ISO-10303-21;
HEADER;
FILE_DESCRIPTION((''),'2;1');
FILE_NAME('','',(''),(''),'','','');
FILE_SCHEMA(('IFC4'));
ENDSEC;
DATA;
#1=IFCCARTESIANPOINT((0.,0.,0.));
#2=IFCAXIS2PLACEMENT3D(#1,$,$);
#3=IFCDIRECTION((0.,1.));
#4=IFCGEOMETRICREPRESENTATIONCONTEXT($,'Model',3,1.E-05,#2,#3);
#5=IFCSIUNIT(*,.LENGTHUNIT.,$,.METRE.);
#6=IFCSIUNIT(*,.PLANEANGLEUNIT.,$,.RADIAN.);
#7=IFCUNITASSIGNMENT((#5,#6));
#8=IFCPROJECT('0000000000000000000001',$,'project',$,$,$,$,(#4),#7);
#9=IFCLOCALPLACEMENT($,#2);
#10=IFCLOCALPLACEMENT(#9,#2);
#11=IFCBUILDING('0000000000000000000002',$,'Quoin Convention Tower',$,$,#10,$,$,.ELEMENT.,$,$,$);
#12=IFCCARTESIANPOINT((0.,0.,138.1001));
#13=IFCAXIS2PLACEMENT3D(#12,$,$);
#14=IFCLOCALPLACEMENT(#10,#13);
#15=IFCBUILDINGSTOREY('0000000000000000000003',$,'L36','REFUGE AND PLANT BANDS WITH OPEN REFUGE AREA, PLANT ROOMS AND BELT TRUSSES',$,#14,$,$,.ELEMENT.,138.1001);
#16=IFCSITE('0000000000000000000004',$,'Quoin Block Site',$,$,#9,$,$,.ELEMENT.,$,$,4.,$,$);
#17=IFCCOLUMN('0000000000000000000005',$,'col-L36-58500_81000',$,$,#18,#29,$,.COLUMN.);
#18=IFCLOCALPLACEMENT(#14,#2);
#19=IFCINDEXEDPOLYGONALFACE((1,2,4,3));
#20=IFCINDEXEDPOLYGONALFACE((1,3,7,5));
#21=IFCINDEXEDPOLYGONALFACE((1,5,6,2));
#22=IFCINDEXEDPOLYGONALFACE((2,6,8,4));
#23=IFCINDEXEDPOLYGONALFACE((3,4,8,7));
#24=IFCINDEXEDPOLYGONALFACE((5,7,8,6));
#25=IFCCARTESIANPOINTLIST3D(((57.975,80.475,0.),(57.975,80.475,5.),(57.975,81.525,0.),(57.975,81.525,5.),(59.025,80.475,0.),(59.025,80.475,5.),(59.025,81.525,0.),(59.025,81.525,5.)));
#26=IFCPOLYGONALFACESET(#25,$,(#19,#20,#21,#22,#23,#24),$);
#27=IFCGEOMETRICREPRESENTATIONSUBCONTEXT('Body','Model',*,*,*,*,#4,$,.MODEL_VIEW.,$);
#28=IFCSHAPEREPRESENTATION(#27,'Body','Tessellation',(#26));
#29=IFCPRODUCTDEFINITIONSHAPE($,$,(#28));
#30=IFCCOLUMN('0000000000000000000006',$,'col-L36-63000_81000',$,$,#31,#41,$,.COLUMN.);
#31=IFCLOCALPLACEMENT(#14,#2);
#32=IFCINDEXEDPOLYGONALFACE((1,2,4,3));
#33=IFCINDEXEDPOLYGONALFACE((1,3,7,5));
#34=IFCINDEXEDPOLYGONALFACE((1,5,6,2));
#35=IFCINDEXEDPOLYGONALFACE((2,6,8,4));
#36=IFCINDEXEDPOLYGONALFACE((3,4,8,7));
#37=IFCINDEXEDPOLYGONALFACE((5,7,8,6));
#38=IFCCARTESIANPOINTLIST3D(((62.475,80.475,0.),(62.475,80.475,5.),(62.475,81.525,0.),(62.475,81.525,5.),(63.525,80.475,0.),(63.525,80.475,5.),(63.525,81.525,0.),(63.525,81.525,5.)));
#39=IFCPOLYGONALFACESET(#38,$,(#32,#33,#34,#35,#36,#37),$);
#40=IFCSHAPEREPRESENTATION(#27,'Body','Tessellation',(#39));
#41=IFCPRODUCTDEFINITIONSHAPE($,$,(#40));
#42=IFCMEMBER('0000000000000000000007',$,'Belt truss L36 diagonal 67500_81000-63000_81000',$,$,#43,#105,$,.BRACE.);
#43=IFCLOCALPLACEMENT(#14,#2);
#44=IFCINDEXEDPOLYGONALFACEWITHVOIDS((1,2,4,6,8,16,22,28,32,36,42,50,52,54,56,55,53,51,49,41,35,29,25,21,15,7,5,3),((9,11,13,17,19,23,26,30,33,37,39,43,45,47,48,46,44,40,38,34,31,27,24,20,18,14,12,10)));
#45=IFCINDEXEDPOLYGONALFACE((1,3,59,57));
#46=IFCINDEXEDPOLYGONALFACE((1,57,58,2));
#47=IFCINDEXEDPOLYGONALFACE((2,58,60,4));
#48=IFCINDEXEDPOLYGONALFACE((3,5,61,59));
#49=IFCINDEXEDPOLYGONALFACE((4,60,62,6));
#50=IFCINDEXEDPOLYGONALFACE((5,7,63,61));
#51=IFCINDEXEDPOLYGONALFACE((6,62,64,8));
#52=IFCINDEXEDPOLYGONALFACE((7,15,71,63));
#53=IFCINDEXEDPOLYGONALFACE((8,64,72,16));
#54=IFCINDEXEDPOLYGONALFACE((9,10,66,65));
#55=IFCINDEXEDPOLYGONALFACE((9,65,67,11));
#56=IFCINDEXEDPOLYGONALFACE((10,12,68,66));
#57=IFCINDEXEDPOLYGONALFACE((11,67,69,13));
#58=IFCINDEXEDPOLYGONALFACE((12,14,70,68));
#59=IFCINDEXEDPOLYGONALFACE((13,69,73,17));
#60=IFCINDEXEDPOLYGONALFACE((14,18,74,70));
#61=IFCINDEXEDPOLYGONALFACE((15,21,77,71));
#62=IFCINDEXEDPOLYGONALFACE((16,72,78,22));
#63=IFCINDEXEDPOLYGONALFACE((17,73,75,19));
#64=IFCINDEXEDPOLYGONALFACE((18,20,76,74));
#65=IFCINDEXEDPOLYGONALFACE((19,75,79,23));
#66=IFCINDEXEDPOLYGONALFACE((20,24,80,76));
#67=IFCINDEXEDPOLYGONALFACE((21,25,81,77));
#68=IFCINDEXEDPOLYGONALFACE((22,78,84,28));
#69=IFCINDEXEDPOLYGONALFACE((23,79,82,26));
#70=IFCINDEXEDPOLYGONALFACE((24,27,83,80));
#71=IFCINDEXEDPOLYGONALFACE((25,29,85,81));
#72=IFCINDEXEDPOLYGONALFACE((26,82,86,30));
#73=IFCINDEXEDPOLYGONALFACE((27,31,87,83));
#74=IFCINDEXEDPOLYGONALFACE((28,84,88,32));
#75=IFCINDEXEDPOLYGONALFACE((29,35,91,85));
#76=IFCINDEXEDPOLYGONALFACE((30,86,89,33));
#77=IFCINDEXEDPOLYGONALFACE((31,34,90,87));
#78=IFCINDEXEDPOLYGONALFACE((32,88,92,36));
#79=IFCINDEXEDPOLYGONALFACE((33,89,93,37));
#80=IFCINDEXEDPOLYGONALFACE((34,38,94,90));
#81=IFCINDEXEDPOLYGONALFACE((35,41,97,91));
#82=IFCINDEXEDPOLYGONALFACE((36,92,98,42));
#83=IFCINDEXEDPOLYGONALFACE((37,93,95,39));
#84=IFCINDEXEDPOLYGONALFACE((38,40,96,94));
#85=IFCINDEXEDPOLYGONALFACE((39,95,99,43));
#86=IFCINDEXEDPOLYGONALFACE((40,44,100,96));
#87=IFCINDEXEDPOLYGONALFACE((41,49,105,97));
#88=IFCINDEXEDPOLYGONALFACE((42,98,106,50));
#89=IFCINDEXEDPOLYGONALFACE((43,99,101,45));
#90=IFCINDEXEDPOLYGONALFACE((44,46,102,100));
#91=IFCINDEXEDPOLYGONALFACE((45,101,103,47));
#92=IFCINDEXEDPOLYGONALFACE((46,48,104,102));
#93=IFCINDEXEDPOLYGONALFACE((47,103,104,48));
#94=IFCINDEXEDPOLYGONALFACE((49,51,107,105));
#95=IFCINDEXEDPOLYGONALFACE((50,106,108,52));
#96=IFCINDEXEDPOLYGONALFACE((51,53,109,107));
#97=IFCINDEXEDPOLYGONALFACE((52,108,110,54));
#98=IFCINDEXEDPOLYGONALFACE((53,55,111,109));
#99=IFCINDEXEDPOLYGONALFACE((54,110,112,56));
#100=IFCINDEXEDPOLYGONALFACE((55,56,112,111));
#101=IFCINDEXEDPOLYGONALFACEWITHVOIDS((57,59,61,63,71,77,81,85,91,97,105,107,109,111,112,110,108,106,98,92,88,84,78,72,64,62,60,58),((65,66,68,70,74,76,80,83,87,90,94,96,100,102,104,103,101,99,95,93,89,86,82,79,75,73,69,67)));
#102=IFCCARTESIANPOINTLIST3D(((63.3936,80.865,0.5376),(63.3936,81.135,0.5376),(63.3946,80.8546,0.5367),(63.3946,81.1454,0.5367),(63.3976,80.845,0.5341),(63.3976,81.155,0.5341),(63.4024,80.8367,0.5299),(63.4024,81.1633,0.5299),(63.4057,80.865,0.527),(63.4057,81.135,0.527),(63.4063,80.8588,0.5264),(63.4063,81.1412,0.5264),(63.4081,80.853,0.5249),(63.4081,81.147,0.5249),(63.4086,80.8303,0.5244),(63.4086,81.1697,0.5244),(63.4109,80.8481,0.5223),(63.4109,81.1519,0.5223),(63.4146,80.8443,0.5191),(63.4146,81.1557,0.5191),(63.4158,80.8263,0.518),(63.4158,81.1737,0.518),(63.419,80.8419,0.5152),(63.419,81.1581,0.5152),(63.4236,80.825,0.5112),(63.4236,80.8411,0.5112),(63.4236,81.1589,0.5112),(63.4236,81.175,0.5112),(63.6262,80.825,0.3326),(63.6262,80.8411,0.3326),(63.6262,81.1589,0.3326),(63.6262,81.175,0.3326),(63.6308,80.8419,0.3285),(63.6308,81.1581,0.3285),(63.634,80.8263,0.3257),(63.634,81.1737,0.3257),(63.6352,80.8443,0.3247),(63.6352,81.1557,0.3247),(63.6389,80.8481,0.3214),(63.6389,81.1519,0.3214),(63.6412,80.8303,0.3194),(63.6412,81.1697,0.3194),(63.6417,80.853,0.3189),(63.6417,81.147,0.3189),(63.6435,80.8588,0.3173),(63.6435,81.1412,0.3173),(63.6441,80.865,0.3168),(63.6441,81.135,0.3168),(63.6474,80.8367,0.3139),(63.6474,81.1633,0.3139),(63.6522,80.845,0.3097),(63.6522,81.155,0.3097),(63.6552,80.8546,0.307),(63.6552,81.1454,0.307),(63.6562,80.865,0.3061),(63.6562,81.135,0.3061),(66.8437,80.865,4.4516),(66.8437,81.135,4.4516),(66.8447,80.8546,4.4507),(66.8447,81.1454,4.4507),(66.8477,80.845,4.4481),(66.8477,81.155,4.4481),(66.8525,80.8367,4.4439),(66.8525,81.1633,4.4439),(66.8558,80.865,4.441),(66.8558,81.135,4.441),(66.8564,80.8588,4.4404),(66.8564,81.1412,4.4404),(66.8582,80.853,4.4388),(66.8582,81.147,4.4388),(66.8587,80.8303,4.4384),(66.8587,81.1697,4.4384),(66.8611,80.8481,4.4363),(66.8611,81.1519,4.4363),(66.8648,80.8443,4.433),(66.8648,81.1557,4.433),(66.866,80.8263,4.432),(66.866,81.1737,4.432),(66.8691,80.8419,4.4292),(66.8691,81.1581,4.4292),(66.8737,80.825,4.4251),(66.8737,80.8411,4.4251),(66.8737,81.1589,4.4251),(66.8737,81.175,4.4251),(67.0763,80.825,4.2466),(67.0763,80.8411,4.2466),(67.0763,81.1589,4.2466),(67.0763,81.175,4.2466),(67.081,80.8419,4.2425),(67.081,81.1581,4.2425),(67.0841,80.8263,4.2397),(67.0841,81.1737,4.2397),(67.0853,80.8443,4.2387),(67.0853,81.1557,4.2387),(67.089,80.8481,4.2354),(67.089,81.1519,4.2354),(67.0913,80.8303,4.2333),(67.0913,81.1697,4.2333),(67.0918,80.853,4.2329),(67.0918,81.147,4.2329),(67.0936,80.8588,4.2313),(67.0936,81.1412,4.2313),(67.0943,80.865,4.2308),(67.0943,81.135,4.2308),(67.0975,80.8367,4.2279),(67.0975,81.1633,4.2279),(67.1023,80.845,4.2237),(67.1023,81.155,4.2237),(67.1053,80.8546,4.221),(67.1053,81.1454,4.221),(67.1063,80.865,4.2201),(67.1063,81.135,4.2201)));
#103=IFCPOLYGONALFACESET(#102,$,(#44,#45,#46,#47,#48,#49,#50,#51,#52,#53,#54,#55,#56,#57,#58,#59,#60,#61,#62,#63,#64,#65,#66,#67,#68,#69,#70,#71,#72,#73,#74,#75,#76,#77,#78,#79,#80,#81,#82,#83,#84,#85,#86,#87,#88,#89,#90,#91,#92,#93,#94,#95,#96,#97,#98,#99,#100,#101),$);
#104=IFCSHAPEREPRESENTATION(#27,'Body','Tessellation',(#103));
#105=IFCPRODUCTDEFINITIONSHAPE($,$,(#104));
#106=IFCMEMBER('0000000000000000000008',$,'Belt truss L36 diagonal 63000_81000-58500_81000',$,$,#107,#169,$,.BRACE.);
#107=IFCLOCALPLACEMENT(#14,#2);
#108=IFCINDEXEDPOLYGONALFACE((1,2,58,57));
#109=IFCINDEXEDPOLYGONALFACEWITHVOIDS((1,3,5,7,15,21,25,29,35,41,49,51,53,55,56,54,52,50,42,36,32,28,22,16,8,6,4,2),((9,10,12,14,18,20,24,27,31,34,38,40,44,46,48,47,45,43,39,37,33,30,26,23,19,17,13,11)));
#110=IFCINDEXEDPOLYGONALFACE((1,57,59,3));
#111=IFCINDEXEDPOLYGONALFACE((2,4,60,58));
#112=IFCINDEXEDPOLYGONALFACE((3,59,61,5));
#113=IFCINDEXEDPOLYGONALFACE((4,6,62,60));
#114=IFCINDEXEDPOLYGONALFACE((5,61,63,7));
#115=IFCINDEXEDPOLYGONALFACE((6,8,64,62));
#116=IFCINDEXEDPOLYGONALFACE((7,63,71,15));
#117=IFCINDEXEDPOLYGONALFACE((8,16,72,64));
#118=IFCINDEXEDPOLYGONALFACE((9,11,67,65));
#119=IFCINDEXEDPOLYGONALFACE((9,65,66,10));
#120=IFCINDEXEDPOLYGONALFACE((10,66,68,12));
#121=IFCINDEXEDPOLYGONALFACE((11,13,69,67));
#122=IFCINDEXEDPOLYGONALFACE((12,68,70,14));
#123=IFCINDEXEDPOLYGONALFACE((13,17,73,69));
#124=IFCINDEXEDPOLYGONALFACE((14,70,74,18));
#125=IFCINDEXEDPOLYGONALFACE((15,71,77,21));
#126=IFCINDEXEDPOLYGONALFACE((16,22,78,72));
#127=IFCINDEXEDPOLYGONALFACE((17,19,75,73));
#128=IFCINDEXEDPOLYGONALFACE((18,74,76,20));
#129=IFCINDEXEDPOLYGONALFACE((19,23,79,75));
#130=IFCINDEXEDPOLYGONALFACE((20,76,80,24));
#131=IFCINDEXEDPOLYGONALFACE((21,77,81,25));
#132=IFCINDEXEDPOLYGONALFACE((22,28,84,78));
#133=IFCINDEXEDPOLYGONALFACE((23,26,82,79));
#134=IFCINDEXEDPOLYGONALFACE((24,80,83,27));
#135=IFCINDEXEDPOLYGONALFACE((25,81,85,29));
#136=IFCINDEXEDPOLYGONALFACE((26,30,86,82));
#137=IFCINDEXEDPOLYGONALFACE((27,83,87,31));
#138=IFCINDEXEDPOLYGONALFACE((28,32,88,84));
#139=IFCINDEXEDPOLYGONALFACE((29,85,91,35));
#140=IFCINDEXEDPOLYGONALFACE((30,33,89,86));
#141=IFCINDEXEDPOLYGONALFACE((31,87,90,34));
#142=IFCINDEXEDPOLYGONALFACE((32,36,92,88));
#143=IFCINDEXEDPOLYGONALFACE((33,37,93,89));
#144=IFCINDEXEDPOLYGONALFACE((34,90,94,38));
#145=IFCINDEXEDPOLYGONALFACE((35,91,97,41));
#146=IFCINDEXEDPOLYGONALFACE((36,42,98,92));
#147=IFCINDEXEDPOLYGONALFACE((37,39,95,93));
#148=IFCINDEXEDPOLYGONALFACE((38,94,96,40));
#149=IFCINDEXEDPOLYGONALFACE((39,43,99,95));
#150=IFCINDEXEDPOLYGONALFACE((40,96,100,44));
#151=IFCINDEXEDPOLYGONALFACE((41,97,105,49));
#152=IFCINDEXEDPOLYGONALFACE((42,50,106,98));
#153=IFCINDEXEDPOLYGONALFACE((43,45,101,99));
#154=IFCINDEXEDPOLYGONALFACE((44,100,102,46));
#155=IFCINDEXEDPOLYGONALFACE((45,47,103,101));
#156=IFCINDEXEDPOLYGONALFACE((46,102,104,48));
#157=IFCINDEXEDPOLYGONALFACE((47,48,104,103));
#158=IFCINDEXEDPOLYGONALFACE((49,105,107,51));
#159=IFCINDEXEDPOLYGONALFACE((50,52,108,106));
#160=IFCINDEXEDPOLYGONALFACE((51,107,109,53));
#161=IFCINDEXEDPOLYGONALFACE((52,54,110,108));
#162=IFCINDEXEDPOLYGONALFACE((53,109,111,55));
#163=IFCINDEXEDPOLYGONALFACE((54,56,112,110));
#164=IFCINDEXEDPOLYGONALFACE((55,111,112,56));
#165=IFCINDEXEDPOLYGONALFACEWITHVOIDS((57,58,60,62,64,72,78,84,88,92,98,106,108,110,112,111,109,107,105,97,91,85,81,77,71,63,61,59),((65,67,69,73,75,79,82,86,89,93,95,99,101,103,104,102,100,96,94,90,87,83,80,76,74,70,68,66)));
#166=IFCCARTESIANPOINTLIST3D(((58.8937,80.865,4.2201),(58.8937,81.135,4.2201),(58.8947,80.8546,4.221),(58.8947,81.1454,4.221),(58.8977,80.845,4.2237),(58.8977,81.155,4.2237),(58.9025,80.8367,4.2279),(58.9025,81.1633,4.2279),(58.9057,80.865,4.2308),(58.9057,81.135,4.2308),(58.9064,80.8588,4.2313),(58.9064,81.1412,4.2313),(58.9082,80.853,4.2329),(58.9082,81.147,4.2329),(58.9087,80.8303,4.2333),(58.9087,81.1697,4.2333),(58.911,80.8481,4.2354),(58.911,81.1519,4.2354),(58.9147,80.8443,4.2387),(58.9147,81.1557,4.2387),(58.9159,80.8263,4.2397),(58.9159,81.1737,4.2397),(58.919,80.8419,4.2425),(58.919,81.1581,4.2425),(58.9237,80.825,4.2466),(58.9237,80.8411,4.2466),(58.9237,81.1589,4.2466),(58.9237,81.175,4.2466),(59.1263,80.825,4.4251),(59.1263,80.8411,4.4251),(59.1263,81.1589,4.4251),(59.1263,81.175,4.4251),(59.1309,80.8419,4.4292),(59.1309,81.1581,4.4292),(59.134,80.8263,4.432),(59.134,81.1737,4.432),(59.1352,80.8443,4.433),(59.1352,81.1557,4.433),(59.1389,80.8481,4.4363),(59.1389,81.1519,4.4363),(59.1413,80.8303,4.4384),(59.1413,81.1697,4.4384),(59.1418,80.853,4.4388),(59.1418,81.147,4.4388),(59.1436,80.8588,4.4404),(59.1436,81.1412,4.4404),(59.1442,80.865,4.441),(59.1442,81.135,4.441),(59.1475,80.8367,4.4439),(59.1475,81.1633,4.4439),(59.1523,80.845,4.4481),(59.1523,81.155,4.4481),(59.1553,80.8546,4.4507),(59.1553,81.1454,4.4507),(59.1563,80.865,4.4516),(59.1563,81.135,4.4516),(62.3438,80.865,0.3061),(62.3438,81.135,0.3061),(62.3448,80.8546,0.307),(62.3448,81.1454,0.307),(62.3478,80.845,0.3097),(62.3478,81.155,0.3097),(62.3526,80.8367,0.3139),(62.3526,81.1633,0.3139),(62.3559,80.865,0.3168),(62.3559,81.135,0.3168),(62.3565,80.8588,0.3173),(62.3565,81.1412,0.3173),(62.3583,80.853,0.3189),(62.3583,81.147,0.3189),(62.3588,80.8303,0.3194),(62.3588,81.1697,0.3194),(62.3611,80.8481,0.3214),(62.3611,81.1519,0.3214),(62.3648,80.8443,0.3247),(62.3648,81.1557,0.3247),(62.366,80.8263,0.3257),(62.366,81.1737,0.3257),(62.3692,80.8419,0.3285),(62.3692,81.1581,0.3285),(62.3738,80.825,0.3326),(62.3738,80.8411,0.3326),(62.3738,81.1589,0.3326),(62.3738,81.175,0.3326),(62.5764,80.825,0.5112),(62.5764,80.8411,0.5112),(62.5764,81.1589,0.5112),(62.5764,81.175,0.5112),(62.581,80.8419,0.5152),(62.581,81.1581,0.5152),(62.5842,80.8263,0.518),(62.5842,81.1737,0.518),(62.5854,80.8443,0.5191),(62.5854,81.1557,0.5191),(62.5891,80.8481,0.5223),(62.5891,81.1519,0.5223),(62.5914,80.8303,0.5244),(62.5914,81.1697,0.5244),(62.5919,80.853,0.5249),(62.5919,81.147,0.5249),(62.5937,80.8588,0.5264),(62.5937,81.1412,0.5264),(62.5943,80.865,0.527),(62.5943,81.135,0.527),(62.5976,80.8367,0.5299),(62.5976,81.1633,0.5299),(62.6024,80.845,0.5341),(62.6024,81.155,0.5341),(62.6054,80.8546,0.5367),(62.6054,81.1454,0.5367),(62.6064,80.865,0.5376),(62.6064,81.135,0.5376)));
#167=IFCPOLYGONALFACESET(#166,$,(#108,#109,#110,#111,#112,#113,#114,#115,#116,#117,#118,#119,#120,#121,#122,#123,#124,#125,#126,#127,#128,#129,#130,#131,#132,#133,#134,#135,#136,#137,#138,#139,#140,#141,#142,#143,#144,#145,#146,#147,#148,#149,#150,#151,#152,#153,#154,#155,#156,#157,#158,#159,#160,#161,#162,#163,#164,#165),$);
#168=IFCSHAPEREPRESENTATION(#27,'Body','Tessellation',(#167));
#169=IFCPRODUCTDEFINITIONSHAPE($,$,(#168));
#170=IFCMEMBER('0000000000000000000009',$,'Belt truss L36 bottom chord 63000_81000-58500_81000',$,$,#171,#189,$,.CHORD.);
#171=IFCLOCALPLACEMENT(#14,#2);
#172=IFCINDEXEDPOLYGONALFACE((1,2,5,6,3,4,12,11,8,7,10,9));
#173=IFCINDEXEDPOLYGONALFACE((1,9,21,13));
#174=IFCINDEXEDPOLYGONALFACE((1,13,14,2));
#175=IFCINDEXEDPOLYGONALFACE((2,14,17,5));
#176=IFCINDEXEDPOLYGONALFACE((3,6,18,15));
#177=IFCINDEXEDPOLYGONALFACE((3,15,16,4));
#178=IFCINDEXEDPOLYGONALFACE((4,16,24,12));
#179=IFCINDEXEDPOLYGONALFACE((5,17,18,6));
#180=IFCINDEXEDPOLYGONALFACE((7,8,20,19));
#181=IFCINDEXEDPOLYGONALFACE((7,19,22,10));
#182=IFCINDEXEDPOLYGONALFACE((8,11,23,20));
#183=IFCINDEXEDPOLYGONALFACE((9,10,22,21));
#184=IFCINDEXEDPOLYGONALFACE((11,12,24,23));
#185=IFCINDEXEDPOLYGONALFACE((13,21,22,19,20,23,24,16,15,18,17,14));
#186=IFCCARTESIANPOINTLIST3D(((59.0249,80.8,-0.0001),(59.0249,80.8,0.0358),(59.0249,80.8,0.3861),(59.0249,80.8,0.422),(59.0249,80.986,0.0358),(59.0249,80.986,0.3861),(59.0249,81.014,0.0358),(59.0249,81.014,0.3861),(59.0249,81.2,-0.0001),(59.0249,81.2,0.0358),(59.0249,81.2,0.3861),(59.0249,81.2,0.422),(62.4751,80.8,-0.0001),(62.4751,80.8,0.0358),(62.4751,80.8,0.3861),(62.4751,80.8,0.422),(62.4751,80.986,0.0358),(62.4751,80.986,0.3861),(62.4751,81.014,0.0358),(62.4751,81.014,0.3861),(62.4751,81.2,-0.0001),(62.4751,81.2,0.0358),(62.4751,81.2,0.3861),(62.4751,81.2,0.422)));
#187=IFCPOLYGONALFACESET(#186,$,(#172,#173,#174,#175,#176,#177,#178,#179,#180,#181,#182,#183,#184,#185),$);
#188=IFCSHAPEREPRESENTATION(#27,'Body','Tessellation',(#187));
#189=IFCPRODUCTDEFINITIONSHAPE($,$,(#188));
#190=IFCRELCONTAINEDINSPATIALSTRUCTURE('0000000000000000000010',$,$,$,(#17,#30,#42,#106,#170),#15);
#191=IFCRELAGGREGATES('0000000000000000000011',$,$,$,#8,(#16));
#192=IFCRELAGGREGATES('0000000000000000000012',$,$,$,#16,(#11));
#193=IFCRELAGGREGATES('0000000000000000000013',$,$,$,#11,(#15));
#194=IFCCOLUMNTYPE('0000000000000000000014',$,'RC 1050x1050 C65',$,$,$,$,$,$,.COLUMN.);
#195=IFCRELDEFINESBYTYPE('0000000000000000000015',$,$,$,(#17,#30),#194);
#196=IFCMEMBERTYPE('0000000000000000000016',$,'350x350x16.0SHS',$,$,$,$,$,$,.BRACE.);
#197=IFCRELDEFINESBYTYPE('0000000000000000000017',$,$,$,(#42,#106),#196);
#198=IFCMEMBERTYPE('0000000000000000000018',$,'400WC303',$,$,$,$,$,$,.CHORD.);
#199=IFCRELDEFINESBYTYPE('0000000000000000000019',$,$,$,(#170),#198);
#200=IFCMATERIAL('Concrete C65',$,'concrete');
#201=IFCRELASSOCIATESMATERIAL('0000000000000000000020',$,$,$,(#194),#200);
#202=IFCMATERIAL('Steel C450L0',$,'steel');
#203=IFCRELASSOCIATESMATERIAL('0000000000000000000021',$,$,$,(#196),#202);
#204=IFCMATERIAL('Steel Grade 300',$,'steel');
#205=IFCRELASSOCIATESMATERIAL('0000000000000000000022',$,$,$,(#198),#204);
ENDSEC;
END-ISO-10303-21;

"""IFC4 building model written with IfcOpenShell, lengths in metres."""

from ifc_helpers import new_model, si_unit, direction, frame, origin, origin_2d, place, context, subcontext, project, spatial, rectangle, hollow_rectangle, i_section, extrude, material, material_profile, profile_set, type_object, element, save


model = new_model("IFC4")

# Units and contexts
model_context = context("Model", 3, precision=1e-05, world=origin(), true_north=direction((0.0, 1.0)))
body_context = subcontext(model_context, "Body", "Model", "MODEL_VIEW")
ifc_project = project(units=[si_unit("LENGTHUNIT", "METRE"), si_unit("PLANEANGLEUNIT", "RADIAN")], contexts=[model_context])

# Site, building, storey
site_placement = place(None, origin())
site = spatial("IfcSite", under=ifc_project, at=site_placement, Name="Quoin Block Site", CompositionType="ELEMENT", RefElevation=4.0)
building_placement = place(site_placement, origin())
building = spatial("IfcBuilding", under=site, at=building_placement, Name="Quoin Convention Tower", CompositionType="ELEMENT")
storey_placement = place(building_placement, frame((0.0, 0.0, 138.1001)))
storey = spatial("IfcBuildingStorey", under=building, at=storey_placement, Name="L36", Description="REFUGE AND PLANT BANDS WITH OPEN REFUGE AREA, PLANT ROOMS AND BELT TRUSSES", CompositionType="ELEMENT", Elevation=138.1001)

# Columns
ifc_material_1 = material(Name="Concrete C65", Category="concrete")
ifc_material_profile_1 = material_profile(ifc_material_1, rectangle(XDim=1.05, YDim=1.05, at=origin_2d()), Name="RC 1050x1050")
ifc_profile_set_1 = profile_set([ifc_material_profile_1], Name="Concrete C65")
column_type = type_object("IfcColumnType", Name="RC 1050x1050 C65", PredefinedType="COLUMN", material=ifc_profile_set_1)
for number, where, z_axis, x_axis, name in (
    (1, (58.5, 81.0, 0.0), (0.0, 0.0, 1.0), (1.0, 0.0, 0.0), "col-L36-58500_81000"),
    (2, (63.0, 81.0, 0.0), (0.0, 0.0, 1.0), (1.0, 0.0, 0.0), "col-L36-63000_81000"),
):
    element("IfcColumn", number, at=place(storey_placement, frame(where, z_axis=z_axis, x_axis=x_axis)), inside=storey, type_object=column_type, Name=name, PredefinedType="COLUMN", context=body_context, shape_type="SweptSolid", body=[
        extrude(rectangle(XDim=1.05, YDim=1.05, at=origin_2d()), origin(), (0.0, 0.0, 1.0), 5.0),
    ])

# Members
ifc_material_2 = material(Name="Steel C450L0", Category="steel")
ifc_material_profile_2 = material_profile(ifc_material_2, hollow_rectangle(XDim=0.3501, YDim=0.3501, WallThickness=0.0161, InnerFilletRadius=0.0239, OuterFilletRadius=0.04, at=origin_2d()), Name="350x350x16.0SHS")
ifc_profile_set_2 = profile_set([ifc_material_profile_2], Name="Steel C450L0")
member_type_1 = type_object("IfcMemberType", Name="350x350x16.0SHS", PredefinedType="BRACE", material=ifc_profile_set_2)
for number, where, z_axis, x_axis, name in (
    (3, (63.5249, 81.0, 0.4219), (0.661256, 0.0, 0.75016), (0.0, 1.0, 0.0), "Belt truss L36 diagonal 67500_81000-63000_81000"),
    (4, (62.4751, 81.0, 0.4219), (-0.661256, 0.0, 0.75016), (0.0, -1.0, 0.0), "Belt truss L36 diagonal 63000_81000-58500_81000"),
):
    element("IfcMember", number, at=place(storey_placement, frame(where, z_axis=z_axis, x_axis=x_axis)), inside=storey, type_object=member_type_1, Name=name, PredefinedType="BRACE", context=body_context, shape_type="SweptSolid", body=[
        extrude(hollow_rectangle(XDim=0.3501, YDim=0.3501, WallThickness=0.0161, InnerFilletRadius=0.0239, OuterFilletRadius=0.04, at=origin_2d()), origin(), (0.0, 0.0, 1.0), 5.2175),
    ])
ifc_material_3 = material(Name="Steel Grade 300", Category="steel")
ifc_material_profile_3 = material_profile(ifc_material_3, i_section(OverallWidth=0.3999, OverallDepth=0.4221, WebThickness=0.0281, FlangeThickness=0.0359, at=origin_2d()), Name="400WC303")
ifc_profile_set_3 = profile_set([ifc_material_profile_3], Name="Steel Grade 300")
member_type_2 = type_object("IfcMemberType", Name="400WC303", PredefinedType="CHORD", material=ifc_profile_set_3)
for number, where, z_axis, x_axis, name in (
    (5, (62.4751, 81.0, 0.2109), (-1.0, 0.0, 0.0), (0.0, -1.0, 0.0), "Belt truss L36 bottom chord 63000_81000-58500_81000"),
):
    element("IfcMember", number, at=place(storey_placement, frame(where, z_axis=z_axis, x_axis=x_axis)), inside=storey, type_object=member_type_2, Name=name, PredefinedType="CHORD", context=body_context, shape_type="SweptSolid", body=[
        extrude(i_section(OverallWidth=0.3999, OverallDepth=0.4221, WebThickness=0.0281, FlangeThickness=0.0359, at=origin_2d()), origin(), (0.0, 0.0, 1.0), 3.4502),
    ])

save(model, "model.ifc")
